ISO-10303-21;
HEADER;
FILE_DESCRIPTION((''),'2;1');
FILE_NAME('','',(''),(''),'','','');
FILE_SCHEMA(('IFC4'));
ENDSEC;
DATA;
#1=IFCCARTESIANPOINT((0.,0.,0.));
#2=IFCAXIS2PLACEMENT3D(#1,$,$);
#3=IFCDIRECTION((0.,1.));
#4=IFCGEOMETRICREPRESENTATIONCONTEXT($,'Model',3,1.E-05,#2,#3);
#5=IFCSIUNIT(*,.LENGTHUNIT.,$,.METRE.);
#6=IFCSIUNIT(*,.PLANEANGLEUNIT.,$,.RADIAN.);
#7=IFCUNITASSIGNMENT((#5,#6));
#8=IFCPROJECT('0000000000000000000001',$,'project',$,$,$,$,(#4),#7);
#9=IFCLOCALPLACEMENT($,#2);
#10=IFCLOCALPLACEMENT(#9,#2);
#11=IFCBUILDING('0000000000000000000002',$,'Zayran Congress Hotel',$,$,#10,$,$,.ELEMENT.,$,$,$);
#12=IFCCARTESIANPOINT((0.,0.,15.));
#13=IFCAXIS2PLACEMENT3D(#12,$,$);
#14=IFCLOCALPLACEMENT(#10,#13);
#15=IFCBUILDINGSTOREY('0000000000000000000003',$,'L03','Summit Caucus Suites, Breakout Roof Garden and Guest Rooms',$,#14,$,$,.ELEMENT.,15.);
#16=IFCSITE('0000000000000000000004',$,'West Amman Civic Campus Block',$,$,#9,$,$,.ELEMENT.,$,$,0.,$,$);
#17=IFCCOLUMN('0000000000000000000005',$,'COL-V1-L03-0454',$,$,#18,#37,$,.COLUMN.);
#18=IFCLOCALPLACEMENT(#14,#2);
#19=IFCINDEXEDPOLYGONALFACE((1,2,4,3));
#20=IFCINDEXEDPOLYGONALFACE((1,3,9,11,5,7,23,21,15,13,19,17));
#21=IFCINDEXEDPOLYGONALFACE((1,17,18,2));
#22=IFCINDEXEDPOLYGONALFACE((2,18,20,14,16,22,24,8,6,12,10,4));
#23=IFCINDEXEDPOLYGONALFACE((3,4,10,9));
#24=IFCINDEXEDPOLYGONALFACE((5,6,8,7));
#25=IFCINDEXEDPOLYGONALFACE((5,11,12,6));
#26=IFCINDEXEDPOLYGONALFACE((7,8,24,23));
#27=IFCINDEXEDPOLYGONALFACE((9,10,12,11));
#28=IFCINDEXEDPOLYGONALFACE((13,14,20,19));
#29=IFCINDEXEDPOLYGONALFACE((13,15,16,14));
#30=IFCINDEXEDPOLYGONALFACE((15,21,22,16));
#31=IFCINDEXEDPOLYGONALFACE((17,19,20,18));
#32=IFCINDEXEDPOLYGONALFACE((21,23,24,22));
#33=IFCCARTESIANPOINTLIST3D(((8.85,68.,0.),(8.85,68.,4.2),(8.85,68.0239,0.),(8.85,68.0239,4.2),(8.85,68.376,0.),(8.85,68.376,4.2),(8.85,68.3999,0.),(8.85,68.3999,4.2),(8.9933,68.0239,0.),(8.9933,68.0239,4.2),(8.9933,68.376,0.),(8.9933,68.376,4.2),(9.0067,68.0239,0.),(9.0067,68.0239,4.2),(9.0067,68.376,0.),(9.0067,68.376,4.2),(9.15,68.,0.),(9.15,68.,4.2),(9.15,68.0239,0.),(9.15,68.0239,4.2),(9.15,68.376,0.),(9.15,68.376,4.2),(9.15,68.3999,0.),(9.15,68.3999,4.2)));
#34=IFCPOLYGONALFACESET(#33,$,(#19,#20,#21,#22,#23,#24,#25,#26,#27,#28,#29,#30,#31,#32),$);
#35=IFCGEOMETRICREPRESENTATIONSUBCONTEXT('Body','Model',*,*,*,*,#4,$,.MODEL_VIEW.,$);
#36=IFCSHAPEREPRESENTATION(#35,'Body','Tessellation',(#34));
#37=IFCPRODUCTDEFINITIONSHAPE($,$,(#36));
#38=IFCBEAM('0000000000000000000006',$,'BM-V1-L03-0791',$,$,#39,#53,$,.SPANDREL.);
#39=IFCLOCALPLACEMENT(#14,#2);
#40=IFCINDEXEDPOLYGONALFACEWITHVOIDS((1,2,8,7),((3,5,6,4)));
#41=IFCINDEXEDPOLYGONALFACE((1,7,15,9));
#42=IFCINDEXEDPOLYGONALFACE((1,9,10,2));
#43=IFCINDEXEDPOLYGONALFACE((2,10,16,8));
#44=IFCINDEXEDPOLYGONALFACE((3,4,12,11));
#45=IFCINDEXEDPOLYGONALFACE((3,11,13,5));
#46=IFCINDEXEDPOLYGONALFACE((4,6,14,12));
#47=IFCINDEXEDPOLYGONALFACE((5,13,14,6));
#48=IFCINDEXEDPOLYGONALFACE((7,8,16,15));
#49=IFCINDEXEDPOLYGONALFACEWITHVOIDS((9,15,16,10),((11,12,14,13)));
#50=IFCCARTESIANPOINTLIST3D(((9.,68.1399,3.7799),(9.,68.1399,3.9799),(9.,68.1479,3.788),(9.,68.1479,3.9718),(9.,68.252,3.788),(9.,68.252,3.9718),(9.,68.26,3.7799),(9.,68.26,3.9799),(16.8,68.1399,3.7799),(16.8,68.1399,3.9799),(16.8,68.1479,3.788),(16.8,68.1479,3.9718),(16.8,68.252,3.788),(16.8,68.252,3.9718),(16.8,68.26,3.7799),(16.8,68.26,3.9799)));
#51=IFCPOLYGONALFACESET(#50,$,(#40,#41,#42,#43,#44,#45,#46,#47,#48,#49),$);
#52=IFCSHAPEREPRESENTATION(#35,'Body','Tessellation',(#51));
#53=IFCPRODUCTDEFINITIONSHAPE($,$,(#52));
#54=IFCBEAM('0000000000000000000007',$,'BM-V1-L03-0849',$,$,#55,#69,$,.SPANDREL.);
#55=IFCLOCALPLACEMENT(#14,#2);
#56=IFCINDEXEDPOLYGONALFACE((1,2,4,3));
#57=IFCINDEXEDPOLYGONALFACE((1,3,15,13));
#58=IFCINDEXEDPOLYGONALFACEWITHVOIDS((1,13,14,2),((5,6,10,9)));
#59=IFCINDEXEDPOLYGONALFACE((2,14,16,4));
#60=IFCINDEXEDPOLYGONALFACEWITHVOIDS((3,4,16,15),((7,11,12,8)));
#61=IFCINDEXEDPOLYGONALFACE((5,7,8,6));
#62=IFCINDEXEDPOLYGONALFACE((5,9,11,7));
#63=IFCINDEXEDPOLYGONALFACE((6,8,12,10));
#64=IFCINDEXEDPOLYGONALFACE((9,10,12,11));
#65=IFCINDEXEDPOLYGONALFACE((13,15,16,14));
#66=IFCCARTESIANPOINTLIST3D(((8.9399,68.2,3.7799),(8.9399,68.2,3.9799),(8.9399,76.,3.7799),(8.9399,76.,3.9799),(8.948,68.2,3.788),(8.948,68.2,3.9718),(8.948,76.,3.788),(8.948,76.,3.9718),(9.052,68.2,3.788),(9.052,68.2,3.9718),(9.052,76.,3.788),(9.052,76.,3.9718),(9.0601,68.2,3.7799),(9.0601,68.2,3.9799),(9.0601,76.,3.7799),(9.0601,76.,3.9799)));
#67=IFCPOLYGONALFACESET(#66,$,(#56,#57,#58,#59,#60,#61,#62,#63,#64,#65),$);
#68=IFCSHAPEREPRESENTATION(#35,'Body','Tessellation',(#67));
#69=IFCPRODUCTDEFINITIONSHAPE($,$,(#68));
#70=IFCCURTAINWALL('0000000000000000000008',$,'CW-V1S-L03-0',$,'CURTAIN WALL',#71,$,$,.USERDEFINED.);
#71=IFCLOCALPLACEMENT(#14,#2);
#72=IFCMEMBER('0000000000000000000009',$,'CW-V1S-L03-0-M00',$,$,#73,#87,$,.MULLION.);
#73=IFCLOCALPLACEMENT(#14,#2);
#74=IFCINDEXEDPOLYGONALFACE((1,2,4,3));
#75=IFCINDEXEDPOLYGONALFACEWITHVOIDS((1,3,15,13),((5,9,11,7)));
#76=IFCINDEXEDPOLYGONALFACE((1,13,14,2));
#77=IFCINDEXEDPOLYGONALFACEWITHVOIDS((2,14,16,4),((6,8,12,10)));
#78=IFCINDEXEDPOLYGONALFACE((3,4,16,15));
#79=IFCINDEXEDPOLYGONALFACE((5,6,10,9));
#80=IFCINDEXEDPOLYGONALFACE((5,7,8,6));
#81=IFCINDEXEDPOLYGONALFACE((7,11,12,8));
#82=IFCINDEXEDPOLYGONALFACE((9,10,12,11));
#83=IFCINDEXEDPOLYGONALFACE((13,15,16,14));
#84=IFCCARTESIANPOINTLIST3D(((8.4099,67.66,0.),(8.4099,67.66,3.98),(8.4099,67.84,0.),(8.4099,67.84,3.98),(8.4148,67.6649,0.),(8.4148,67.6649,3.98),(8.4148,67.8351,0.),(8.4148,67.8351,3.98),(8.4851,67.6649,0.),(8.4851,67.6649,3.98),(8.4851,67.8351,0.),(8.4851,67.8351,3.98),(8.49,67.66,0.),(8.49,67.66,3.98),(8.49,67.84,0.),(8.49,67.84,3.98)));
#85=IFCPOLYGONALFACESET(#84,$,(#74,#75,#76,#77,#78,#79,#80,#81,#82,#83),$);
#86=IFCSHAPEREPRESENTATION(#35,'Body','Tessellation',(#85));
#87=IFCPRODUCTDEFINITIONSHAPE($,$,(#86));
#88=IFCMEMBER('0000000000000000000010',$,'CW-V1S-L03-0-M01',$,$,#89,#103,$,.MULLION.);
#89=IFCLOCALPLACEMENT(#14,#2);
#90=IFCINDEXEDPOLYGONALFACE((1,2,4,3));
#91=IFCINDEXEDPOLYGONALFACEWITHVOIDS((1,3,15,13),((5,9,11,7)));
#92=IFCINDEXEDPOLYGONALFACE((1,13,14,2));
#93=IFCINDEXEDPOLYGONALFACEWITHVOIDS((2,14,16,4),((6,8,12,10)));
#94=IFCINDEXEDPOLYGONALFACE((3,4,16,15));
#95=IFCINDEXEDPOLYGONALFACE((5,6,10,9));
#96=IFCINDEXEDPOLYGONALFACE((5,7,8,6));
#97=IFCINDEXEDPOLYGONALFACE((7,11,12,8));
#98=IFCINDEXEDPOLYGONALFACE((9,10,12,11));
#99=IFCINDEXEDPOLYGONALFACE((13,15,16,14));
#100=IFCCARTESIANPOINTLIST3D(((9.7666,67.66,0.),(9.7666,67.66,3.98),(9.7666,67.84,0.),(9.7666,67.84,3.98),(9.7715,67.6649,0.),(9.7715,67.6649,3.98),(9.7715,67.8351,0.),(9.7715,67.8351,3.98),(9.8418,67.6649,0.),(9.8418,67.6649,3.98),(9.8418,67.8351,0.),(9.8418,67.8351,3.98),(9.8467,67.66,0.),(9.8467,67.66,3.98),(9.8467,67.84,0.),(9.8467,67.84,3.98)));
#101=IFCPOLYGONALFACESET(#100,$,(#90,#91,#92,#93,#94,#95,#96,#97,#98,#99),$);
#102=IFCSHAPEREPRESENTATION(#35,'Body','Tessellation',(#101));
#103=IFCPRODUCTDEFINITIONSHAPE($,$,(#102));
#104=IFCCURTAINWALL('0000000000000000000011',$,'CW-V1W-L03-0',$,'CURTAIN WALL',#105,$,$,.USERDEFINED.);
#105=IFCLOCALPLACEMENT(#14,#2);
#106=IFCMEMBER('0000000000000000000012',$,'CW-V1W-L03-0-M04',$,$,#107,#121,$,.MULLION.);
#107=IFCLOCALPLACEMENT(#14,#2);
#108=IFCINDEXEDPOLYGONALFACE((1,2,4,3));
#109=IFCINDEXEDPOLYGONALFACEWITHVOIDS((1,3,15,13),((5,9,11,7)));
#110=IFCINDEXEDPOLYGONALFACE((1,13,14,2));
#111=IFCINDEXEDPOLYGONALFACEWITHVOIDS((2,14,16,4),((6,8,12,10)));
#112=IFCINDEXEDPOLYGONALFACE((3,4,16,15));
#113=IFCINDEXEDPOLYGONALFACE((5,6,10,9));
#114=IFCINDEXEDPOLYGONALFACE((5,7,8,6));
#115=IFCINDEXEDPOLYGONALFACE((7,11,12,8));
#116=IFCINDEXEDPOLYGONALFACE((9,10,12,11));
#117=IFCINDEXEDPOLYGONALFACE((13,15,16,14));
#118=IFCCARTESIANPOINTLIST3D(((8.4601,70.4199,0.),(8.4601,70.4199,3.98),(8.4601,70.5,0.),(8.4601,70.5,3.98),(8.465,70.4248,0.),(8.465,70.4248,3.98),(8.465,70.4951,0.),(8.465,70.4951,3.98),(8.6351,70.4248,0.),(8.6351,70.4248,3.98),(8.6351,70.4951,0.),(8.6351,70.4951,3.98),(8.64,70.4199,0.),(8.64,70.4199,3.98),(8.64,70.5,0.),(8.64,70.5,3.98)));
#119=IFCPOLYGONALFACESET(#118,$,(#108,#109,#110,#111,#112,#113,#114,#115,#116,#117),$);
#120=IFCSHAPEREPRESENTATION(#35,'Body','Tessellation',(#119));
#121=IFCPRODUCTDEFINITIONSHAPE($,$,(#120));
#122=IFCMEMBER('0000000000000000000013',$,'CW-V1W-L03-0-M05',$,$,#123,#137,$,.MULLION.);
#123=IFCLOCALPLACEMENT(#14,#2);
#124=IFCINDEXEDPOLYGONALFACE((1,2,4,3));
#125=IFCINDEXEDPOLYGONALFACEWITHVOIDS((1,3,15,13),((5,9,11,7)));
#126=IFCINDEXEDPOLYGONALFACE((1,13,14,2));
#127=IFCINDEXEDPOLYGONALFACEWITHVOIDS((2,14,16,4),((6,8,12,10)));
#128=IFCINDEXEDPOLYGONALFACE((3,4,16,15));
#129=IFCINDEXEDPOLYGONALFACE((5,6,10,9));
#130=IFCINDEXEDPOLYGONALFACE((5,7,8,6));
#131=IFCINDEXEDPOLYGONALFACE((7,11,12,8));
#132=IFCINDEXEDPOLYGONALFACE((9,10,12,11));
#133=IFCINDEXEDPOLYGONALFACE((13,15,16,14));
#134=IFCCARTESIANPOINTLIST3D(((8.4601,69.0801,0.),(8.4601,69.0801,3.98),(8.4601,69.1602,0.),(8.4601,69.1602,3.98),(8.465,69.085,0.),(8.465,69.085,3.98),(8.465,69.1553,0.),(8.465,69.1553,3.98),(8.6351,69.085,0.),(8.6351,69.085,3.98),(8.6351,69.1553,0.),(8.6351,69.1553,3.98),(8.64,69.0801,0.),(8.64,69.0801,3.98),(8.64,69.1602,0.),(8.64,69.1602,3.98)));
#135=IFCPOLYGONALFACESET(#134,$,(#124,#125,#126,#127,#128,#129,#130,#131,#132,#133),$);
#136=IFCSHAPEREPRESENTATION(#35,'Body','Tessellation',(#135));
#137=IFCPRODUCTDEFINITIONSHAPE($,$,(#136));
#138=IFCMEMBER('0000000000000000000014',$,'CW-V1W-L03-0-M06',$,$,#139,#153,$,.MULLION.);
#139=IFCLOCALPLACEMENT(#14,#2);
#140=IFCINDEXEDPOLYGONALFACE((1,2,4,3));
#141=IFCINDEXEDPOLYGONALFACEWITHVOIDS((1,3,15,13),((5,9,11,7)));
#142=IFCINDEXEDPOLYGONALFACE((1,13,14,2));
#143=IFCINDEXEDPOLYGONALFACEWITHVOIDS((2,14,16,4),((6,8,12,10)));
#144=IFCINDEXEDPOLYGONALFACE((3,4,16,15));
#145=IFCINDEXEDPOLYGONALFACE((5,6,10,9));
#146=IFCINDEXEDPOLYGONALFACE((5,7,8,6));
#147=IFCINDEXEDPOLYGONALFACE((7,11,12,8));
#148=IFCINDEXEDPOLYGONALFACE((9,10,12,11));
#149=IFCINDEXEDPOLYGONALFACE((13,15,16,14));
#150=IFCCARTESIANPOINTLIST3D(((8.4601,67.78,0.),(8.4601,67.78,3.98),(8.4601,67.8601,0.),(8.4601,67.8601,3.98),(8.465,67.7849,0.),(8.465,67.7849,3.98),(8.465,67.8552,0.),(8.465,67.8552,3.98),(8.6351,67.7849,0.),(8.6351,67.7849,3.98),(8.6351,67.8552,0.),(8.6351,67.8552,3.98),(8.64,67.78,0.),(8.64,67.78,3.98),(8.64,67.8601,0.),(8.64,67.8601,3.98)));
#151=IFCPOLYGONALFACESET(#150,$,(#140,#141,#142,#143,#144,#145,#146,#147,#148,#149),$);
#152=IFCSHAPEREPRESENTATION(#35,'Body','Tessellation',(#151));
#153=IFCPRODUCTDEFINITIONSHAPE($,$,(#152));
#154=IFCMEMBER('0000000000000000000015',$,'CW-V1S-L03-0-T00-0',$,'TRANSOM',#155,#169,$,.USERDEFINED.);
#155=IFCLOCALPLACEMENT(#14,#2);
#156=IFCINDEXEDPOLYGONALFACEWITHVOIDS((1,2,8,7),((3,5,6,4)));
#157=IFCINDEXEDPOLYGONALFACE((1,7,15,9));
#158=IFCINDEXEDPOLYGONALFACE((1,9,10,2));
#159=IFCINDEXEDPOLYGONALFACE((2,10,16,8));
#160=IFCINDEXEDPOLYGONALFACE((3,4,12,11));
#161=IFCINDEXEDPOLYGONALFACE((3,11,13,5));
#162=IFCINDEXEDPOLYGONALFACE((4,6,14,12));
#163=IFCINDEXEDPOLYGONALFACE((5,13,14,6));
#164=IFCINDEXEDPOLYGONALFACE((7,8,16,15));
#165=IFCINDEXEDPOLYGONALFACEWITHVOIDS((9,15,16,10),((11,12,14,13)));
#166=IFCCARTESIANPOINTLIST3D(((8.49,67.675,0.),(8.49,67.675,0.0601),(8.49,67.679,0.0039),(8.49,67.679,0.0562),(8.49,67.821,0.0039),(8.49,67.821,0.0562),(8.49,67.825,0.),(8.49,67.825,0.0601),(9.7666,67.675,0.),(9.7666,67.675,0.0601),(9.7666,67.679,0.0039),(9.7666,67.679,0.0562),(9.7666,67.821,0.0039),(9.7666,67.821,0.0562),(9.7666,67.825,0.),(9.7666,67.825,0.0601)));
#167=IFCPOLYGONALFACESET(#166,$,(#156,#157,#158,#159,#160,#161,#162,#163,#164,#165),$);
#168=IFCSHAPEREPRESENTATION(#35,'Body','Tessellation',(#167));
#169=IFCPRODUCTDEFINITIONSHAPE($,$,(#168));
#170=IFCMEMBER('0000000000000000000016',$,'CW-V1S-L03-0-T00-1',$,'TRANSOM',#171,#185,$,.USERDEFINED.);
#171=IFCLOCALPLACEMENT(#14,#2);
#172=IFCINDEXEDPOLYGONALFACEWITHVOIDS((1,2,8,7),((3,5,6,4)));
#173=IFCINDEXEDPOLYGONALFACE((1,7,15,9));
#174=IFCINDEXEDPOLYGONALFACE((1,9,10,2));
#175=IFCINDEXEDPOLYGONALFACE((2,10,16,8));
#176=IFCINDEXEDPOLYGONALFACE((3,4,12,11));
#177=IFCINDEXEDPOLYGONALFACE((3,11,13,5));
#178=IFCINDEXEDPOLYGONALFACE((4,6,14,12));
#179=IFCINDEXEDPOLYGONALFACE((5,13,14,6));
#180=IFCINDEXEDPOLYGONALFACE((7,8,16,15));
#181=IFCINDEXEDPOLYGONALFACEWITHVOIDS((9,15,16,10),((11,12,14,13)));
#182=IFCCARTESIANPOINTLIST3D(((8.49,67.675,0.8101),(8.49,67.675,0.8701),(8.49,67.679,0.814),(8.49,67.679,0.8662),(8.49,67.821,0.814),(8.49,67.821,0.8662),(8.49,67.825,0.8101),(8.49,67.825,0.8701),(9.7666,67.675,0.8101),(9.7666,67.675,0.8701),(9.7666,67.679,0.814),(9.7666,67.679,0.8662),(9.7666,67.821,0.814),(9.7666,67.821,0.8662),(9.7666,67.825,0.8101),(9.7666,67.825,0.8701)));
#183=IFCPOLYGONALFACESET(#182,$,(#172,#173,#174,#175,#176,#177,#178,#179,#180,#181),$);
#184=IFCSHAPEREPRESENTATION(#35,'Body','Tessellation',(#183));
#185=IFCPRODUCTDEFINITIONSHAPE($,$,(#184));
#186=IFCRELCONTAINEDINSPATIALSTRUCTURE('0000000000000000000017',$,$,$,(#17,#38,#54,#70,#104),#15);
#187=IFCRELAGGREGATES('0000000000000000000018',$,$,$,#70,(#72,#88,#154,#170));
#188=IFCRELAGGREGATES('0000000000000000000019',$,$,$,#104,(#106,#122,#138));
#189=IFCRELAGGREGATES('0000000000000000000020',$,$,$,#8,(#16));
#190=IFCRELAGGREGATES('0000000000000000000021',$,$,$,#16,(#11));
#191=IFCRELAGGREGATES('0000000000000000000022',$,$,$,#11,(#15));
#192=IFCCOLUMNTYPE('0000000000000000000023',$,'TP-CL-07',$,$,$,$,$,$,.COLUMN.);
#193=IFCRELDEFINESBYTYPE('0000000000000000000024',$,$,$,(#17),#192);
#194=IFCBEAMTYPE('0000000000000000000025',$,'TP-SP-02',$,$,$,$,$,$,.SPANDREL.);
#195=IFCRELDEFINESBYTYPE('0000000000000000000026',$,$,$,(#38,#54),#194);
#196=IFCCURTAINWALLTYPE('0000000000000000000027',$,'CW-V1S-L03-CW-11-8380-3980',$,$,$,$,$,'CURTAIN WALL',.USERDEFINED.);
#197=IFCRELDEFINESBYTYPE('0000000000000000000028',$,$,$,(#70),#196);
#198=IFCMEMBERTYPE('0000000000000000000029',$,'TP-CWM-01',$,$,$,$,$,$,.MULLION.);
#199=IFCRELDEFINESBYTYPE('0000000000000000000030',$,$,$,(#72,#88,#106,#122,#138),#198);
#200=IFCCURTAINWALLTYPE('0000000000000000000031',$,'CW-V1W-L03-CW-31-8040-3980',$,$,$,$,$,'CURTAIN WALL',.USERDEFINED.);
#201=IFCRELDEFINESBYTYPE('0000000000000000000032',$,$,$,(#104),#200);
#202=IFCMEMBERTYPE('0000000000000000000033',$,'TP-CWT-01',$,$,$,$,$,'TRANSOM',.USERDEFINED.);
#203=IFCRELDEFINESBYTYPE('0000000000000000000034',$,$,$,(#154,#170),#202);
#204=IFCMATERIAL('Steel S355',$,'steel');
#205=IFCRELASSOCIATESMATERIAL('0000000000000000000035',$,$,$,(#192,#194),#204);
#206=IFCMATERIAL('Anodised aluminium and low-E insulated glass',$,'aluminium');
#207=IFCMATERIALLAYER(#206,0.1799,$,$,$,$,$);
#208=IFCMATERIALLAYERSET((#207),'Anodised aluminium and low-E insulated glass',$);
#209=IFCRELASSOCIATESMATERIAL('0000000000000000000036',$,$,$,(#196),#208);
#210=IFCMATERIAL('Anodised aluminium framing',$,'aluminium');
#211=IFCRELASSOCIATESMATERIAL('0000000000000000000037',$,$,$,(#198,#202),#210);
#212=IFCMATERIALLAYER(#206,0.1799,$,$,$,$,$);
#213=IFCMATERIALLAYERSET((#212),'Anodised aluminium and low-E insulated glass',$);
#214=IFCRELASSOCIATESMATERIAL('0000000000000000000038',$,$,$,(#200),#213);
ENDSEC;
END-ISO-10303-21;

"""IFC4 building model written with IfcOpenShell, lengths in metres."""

from ifc_helpers import new_model, si_unit, direction, frame, origin, origin_2d, place, context, subcontext, project, spatial, hollow_rectangle, i_section, extrude, material, layer, layer_set, material_profile, profile_set, type_object, element, aggregate, save


model = new_model("IFC4")

# Units and contexts
model_context = context("Model", 3, precision=1e-05, world=origin(), true_north=direction((0.0, 1.0)))
body_context = subcontext(model_context, "Body", "Model", "MODEL_VIEW")
ifc_project = project(units=[si_unit("LENGTHUNIT", "METRE"), si_unit("PLANEANGLEUNIT", "RADIAN")], contexts=[model_context])

# Site, building, storey
site_placement = place(None, origin())
site = spatial("IfcSite", under=ifc_project, at=site_placement, Name="West Amman Civic Campus Block", CompositionType="ELEMENT", RefElevation=0.0)
building_placement = place(site_placement, origin())
building = spatial("IfcBuilding", under=site, at=building_placement, Name="Zayran Congress Hotel", CompositionType="ELEMENT")
storey_placement = place(building_placement, frame((0.0, 0.0, 15.0)))
storey = spatial("IfcBuildingStorey", under=building, at=storey_placement, Name="L03", Description="Summit Caucus Suites, Breakout Roof Garden and Guest Rooms", CompositionType="ELEMENT", Elevation=15.0)

# Column
ifc_material_1 = material(Name="Steel S355", Category="steel")
ifc_material_profile_1 = material_profile(ifc_material_1, i_section(OverallWidth=0.3, OverallDepth=0.3999, WebThickness=0.0134, FlangeThickness=0.0239, at=origin_2d()), Name="HEB 400")
ifc_profile_set_1 = profile_set([ifc_material_profile_1], Name="Steel S355")
column_type = type_object("IfcColumnType", Name="TP-CL-07", PredefinedType="COLUMN", material=ifc_profile_set_1)
column_placement = place(storey_placement, frame((9.0, 68.2, 0.0), z_axis=(0.0, 0.0, 1.0), x_axis=(1.0, 0.0, 0.0)))
element("IfcColumn", 1, at=column_placement, inside=storey, type_object=column_type, Name="COL-V1-L03-0454", PredefinedType="COLUMN", context=body_context, shape_type="SweptSolid", body=[
    extrude(i_section(OverallWidth=0.3, OverallDepth=0.3999, WebThickness=0.0134, FlangeThickness=0.0239, at=origin_2d()), origin(), (0.0, 0.0, 1.0), 4.2),
])

# Beams
ifc_material_profile_2 = material_profile(ifc_material_1, hollow_rectangle(XDim=0.1201, YDim=0.2, WallThickness=0.0081, at=origin_2d()), Name="RHS 200x120x8")
ifc_profile_set_2 = profile_set([ifc_material_profile_2], Name="Steel S355")
beam_type = type_object("IfcBeamType", Name="TP-SP-02", PredefinedType="SPANDREL", material=ifc_profile_set_2)
for number, where, z_axis, x_axis, name in (
    (2, (9.0, 68.2, 3.8799), (1.0, 0.0, 0.0), (0.0, 1.0, 0.0), "BM-V1-L03-0791"),
    (3, (9.0, 68.2, 3.8799), (0.0, 1.0, 0.0), (-1.0, 0.0, 0.0), "BM-V1-L03-0849"),
):
    element("IfcBeam", number, at=place(storey_placement, frame(where, z_axis=z_axis, x_axis=x_axis)), inside=storey, type_object=beam_type, Name=name, PredefinedType="SPANDREL", context=body_context, shape_type="SweptSolid", body=[
        extrude(hollow_rectangle(XDim=0.1201, YDim=0.2, WallThickness=0.0081, at=origin_2d()), origin(), (0.0, 0.0, 1.0), 7.8),
    ])

# Curtain walls, members
ifc_material_2 = material(Name="Anodised aluminium and low-E insulated glass", Category="aluminium")
ifc_layer_1 = layer(ifc_material_2, 0.1799)
ifc_layer_set_1 = layer_set([ifc_layer_1], Name="Anodised aluminium and low-E insulated glass")
curtain_wall_type_1 = type_object("IfcCurtainWallType", Name="CW-V1S-L03-CW-11-8380-3980", ElementType="CURTAIN WALL", PredefinedType="USERDEFINED", material=ifc_layer_set_1)
curtain_wall_1_placement = place(storey_placement, origin())
curtain_wall_1 = element("IfcCurtainWall", 4, at=curtain_wall_1_placement, inside=storey, type_object=curtain_wall_type_1, Name="CW-V1S-L03-0", ObjectType="CURTAIN WALL", PredefinedType="USERDEFINED")
ifc_material_3 = material(Name="Anodised aluminium framing", Category="aluminium")
ifc_material_profile_3 = material_profile(ifc_material_3, hollow_rectangle(XDim=0.0801, YDim=0.1799, WallThickness=0.0049, at=origin_2d()), Name="RHS 180x80x5")
ifc_profile_set_3 = profile_set([ifc_material_profile_3], Name="Anodised aluminium framing")
member_type_1 = type_object("IfcMemberType", Name="TP-CWM-01", PredefinedType="MULLION", material=ifc_profile_set_3)
member_1_placement = place(storey_placement, frame((8.45, 67.75, 0.0), z_axis=(0.0, 0.0, 1.0), x_axis=(1.0, 0.0, 0.0)))
member_1 = element("IfcMember", 5, at=member_1_placement, type_object=member_type_1, Name="CW-V1S-L03-0-M00", PredefinedType="MULLION", context=body_context, shape_type="SweptSolid", body=[
    extrude(hollow_rectangle(XDim=0.0801, YDim=0.1799, WallThickness=0.0049, at=origin_2d()), origin(), (0.0, 0.0, 1.0), 3.98),
])
member_2_placement = place(storey_placement, frame((9.8066, 67.75, 0.0), z_axis=(0.0, 0.0, 1.0), x_axis=(1.0, 0.0, 0.0)))
member_2 = element("IfcMember", 6, at=member_2_placement, type_object=member_type_1, Name="CW-V1S-L03-0-M01", PredefinedType="MULLION", context=body_context, shape_type="SweptSolid", body=[
    extrude(hollow_rectangle(XDim=0.0801, YDim=0.1799, WallThickness=0.0049, at=origin_2d()), origin(), (0.0, 0.0, 1.0), 3.98),
])
ifc_layer_2 = layer(ifc_material_2, 0.1799)
ifc_layer_set_2 = layer_set([ifc_layer_2], Name="Anodised aluminium and low-E insulated glass")
curtain_wall_type_2 = type_object("IfcCurtainWallType", Name="CW-V1W-L03-CW-31-8040-3980", ElementType="CURTAIN WALL", PredefinedType="USERDEFINED", material=ifc_layer_set_2)
curtain_wall_2_placement = place(storey_placement, origin())
curtain_wall_2 = element("IfcCurtainWall", 7, at=curtain_wall_2_placement, inside=storey, type_object=curtain_wall_type_2, Name="CW-V1W-L03-0", ObjectType="CURTAIN WALL", PredefinedType="USERDEFINED")
member_3_placement = place(storey_placement, frame((8.55, 70.46, 0.0), z_axis=(0.0, 0.0, 1.0), x_axis=(0.0, 1.0, 0.0)))
member_3 = element("IfcMember", 8, at=member_3_placement, type_object=member_type_1, Name="CW-V1W-L03-0-M04", PredefinedType="MULLION", context=body_context, shape_type="SweptSolid", body=[
    extrude(hollow_rectangle(XDim=0.0801, YDim=0.1799, WallThickness=0.0049, at=origin_2d()), origin(), (0.0, 0.0, 1.0), 3.98),
])
member_4_placement = place(storey_placement, frame((8.55, 69.1201, 0.0), z_axis=(0.0, 0.0, 1.0), x_axis=(0.0, 1.0, 0.0)))
member_4 = element("IfcMember", 9, at=member_4_placement, type_object=member_type_1, Name="CW-V1W-L03-0-M05", PredefinedType="MULLION", context=body_context, shape_type="SweptSolid", body=[
    extrude(hollow_rectangle(XDim=0.0801, YDim=0.1799, WallThickness=0.0049, at=origin_2d()), origin(), (0.0, 0.0, 1.0), 3.98),
])
member_5_placement = place(storey_placement, frame((8.55, 67.8201, 0.0), z_axis=(0.0, 0.0, 1.0), x_axis=(0.0, 1.0, 0.0)))
member_5 = element("IfcMember", 10, at=member_5_placement, type_object=member_type_1, Name="CW-V1W-L03-0-M06", PredefinedType="MULLION", context=body_context, shape_type="SweptSolid", body=[
    extrude(hollow_rectangle(XDim=0.0801, YDim=0.1799, WallThickness=0.0049, at=origin_2d()), origin(), (0.0, 0.0, 1.0), 3.98),
])

# Members
ifc_material_profile_4 = material_profile(ifc_material_3, hollow_rectangle(XDim=0.0601, YDim=0.1499, WallThickness=0.0039, at=origin_2d()), Name="RHS 150x60x4")
ifc_profile_set_4 = profile_set([ifc_material_profile_4], Name="Anodised aluminium framing")
member_type_2 = type_object("IfcMemberType", Name="TP-CWT-01", ElementType="TRANSOM", PredefinedType="USERDEFINED", material=ifc_profile_set_4)
member_6_placement = place(storey_placement, frame((8.49, 67.75, 0.03), z_axis=(1.0, 0.0, 0.0), x_axis=(0.0, 0.0, 1.0)))
member_6 = element("IfcMember", 11, at=member_6_placement, type_object=member_type_2, Name="CW-V1S-L03-0-T00-0", ObjectType="TRANSOM", PredefinedType="USERDEFINED", context=body_context, shape_type="SweptSolid", body=[
    extrude(hollow_rectangle(XDim=0.0601, YDim=0.1499, WallThickness=0.0039, at=origin_2d()), origin(), (0.0, 0.0, 1.0), 1.2766),
])
member_7_placement = place(storey_placement, frame((8.49, 67.75, 0.8401), z_axis=(1.0, 0.0, 0.0), x_axis=(0.0, 0.0, 1.0)))
member_7 = element("IfcMember", 12, at=member_7_placement, type_object=member_type_2, Name="CW-V1S-L03-0-T00-1", ObjectType="TRANSOM", PredefinedType="USERDEFINED", context=body_context, shape_type="SweptSolid", body=[
    extrude(hollow_rectangle(XDim=0.0601, YDim=0.1499, WallThickness=0.0039, at=origin_2d()), origin(), (0.0, 0.0, 1.0), 1.2766),
])

aggregate(curtain_wall_1, [member_1, member_2, member_6, member_7])
aggregate(curtain_wall_2, [member_3, member_4, member_5])

save(model, "model.ifc")
